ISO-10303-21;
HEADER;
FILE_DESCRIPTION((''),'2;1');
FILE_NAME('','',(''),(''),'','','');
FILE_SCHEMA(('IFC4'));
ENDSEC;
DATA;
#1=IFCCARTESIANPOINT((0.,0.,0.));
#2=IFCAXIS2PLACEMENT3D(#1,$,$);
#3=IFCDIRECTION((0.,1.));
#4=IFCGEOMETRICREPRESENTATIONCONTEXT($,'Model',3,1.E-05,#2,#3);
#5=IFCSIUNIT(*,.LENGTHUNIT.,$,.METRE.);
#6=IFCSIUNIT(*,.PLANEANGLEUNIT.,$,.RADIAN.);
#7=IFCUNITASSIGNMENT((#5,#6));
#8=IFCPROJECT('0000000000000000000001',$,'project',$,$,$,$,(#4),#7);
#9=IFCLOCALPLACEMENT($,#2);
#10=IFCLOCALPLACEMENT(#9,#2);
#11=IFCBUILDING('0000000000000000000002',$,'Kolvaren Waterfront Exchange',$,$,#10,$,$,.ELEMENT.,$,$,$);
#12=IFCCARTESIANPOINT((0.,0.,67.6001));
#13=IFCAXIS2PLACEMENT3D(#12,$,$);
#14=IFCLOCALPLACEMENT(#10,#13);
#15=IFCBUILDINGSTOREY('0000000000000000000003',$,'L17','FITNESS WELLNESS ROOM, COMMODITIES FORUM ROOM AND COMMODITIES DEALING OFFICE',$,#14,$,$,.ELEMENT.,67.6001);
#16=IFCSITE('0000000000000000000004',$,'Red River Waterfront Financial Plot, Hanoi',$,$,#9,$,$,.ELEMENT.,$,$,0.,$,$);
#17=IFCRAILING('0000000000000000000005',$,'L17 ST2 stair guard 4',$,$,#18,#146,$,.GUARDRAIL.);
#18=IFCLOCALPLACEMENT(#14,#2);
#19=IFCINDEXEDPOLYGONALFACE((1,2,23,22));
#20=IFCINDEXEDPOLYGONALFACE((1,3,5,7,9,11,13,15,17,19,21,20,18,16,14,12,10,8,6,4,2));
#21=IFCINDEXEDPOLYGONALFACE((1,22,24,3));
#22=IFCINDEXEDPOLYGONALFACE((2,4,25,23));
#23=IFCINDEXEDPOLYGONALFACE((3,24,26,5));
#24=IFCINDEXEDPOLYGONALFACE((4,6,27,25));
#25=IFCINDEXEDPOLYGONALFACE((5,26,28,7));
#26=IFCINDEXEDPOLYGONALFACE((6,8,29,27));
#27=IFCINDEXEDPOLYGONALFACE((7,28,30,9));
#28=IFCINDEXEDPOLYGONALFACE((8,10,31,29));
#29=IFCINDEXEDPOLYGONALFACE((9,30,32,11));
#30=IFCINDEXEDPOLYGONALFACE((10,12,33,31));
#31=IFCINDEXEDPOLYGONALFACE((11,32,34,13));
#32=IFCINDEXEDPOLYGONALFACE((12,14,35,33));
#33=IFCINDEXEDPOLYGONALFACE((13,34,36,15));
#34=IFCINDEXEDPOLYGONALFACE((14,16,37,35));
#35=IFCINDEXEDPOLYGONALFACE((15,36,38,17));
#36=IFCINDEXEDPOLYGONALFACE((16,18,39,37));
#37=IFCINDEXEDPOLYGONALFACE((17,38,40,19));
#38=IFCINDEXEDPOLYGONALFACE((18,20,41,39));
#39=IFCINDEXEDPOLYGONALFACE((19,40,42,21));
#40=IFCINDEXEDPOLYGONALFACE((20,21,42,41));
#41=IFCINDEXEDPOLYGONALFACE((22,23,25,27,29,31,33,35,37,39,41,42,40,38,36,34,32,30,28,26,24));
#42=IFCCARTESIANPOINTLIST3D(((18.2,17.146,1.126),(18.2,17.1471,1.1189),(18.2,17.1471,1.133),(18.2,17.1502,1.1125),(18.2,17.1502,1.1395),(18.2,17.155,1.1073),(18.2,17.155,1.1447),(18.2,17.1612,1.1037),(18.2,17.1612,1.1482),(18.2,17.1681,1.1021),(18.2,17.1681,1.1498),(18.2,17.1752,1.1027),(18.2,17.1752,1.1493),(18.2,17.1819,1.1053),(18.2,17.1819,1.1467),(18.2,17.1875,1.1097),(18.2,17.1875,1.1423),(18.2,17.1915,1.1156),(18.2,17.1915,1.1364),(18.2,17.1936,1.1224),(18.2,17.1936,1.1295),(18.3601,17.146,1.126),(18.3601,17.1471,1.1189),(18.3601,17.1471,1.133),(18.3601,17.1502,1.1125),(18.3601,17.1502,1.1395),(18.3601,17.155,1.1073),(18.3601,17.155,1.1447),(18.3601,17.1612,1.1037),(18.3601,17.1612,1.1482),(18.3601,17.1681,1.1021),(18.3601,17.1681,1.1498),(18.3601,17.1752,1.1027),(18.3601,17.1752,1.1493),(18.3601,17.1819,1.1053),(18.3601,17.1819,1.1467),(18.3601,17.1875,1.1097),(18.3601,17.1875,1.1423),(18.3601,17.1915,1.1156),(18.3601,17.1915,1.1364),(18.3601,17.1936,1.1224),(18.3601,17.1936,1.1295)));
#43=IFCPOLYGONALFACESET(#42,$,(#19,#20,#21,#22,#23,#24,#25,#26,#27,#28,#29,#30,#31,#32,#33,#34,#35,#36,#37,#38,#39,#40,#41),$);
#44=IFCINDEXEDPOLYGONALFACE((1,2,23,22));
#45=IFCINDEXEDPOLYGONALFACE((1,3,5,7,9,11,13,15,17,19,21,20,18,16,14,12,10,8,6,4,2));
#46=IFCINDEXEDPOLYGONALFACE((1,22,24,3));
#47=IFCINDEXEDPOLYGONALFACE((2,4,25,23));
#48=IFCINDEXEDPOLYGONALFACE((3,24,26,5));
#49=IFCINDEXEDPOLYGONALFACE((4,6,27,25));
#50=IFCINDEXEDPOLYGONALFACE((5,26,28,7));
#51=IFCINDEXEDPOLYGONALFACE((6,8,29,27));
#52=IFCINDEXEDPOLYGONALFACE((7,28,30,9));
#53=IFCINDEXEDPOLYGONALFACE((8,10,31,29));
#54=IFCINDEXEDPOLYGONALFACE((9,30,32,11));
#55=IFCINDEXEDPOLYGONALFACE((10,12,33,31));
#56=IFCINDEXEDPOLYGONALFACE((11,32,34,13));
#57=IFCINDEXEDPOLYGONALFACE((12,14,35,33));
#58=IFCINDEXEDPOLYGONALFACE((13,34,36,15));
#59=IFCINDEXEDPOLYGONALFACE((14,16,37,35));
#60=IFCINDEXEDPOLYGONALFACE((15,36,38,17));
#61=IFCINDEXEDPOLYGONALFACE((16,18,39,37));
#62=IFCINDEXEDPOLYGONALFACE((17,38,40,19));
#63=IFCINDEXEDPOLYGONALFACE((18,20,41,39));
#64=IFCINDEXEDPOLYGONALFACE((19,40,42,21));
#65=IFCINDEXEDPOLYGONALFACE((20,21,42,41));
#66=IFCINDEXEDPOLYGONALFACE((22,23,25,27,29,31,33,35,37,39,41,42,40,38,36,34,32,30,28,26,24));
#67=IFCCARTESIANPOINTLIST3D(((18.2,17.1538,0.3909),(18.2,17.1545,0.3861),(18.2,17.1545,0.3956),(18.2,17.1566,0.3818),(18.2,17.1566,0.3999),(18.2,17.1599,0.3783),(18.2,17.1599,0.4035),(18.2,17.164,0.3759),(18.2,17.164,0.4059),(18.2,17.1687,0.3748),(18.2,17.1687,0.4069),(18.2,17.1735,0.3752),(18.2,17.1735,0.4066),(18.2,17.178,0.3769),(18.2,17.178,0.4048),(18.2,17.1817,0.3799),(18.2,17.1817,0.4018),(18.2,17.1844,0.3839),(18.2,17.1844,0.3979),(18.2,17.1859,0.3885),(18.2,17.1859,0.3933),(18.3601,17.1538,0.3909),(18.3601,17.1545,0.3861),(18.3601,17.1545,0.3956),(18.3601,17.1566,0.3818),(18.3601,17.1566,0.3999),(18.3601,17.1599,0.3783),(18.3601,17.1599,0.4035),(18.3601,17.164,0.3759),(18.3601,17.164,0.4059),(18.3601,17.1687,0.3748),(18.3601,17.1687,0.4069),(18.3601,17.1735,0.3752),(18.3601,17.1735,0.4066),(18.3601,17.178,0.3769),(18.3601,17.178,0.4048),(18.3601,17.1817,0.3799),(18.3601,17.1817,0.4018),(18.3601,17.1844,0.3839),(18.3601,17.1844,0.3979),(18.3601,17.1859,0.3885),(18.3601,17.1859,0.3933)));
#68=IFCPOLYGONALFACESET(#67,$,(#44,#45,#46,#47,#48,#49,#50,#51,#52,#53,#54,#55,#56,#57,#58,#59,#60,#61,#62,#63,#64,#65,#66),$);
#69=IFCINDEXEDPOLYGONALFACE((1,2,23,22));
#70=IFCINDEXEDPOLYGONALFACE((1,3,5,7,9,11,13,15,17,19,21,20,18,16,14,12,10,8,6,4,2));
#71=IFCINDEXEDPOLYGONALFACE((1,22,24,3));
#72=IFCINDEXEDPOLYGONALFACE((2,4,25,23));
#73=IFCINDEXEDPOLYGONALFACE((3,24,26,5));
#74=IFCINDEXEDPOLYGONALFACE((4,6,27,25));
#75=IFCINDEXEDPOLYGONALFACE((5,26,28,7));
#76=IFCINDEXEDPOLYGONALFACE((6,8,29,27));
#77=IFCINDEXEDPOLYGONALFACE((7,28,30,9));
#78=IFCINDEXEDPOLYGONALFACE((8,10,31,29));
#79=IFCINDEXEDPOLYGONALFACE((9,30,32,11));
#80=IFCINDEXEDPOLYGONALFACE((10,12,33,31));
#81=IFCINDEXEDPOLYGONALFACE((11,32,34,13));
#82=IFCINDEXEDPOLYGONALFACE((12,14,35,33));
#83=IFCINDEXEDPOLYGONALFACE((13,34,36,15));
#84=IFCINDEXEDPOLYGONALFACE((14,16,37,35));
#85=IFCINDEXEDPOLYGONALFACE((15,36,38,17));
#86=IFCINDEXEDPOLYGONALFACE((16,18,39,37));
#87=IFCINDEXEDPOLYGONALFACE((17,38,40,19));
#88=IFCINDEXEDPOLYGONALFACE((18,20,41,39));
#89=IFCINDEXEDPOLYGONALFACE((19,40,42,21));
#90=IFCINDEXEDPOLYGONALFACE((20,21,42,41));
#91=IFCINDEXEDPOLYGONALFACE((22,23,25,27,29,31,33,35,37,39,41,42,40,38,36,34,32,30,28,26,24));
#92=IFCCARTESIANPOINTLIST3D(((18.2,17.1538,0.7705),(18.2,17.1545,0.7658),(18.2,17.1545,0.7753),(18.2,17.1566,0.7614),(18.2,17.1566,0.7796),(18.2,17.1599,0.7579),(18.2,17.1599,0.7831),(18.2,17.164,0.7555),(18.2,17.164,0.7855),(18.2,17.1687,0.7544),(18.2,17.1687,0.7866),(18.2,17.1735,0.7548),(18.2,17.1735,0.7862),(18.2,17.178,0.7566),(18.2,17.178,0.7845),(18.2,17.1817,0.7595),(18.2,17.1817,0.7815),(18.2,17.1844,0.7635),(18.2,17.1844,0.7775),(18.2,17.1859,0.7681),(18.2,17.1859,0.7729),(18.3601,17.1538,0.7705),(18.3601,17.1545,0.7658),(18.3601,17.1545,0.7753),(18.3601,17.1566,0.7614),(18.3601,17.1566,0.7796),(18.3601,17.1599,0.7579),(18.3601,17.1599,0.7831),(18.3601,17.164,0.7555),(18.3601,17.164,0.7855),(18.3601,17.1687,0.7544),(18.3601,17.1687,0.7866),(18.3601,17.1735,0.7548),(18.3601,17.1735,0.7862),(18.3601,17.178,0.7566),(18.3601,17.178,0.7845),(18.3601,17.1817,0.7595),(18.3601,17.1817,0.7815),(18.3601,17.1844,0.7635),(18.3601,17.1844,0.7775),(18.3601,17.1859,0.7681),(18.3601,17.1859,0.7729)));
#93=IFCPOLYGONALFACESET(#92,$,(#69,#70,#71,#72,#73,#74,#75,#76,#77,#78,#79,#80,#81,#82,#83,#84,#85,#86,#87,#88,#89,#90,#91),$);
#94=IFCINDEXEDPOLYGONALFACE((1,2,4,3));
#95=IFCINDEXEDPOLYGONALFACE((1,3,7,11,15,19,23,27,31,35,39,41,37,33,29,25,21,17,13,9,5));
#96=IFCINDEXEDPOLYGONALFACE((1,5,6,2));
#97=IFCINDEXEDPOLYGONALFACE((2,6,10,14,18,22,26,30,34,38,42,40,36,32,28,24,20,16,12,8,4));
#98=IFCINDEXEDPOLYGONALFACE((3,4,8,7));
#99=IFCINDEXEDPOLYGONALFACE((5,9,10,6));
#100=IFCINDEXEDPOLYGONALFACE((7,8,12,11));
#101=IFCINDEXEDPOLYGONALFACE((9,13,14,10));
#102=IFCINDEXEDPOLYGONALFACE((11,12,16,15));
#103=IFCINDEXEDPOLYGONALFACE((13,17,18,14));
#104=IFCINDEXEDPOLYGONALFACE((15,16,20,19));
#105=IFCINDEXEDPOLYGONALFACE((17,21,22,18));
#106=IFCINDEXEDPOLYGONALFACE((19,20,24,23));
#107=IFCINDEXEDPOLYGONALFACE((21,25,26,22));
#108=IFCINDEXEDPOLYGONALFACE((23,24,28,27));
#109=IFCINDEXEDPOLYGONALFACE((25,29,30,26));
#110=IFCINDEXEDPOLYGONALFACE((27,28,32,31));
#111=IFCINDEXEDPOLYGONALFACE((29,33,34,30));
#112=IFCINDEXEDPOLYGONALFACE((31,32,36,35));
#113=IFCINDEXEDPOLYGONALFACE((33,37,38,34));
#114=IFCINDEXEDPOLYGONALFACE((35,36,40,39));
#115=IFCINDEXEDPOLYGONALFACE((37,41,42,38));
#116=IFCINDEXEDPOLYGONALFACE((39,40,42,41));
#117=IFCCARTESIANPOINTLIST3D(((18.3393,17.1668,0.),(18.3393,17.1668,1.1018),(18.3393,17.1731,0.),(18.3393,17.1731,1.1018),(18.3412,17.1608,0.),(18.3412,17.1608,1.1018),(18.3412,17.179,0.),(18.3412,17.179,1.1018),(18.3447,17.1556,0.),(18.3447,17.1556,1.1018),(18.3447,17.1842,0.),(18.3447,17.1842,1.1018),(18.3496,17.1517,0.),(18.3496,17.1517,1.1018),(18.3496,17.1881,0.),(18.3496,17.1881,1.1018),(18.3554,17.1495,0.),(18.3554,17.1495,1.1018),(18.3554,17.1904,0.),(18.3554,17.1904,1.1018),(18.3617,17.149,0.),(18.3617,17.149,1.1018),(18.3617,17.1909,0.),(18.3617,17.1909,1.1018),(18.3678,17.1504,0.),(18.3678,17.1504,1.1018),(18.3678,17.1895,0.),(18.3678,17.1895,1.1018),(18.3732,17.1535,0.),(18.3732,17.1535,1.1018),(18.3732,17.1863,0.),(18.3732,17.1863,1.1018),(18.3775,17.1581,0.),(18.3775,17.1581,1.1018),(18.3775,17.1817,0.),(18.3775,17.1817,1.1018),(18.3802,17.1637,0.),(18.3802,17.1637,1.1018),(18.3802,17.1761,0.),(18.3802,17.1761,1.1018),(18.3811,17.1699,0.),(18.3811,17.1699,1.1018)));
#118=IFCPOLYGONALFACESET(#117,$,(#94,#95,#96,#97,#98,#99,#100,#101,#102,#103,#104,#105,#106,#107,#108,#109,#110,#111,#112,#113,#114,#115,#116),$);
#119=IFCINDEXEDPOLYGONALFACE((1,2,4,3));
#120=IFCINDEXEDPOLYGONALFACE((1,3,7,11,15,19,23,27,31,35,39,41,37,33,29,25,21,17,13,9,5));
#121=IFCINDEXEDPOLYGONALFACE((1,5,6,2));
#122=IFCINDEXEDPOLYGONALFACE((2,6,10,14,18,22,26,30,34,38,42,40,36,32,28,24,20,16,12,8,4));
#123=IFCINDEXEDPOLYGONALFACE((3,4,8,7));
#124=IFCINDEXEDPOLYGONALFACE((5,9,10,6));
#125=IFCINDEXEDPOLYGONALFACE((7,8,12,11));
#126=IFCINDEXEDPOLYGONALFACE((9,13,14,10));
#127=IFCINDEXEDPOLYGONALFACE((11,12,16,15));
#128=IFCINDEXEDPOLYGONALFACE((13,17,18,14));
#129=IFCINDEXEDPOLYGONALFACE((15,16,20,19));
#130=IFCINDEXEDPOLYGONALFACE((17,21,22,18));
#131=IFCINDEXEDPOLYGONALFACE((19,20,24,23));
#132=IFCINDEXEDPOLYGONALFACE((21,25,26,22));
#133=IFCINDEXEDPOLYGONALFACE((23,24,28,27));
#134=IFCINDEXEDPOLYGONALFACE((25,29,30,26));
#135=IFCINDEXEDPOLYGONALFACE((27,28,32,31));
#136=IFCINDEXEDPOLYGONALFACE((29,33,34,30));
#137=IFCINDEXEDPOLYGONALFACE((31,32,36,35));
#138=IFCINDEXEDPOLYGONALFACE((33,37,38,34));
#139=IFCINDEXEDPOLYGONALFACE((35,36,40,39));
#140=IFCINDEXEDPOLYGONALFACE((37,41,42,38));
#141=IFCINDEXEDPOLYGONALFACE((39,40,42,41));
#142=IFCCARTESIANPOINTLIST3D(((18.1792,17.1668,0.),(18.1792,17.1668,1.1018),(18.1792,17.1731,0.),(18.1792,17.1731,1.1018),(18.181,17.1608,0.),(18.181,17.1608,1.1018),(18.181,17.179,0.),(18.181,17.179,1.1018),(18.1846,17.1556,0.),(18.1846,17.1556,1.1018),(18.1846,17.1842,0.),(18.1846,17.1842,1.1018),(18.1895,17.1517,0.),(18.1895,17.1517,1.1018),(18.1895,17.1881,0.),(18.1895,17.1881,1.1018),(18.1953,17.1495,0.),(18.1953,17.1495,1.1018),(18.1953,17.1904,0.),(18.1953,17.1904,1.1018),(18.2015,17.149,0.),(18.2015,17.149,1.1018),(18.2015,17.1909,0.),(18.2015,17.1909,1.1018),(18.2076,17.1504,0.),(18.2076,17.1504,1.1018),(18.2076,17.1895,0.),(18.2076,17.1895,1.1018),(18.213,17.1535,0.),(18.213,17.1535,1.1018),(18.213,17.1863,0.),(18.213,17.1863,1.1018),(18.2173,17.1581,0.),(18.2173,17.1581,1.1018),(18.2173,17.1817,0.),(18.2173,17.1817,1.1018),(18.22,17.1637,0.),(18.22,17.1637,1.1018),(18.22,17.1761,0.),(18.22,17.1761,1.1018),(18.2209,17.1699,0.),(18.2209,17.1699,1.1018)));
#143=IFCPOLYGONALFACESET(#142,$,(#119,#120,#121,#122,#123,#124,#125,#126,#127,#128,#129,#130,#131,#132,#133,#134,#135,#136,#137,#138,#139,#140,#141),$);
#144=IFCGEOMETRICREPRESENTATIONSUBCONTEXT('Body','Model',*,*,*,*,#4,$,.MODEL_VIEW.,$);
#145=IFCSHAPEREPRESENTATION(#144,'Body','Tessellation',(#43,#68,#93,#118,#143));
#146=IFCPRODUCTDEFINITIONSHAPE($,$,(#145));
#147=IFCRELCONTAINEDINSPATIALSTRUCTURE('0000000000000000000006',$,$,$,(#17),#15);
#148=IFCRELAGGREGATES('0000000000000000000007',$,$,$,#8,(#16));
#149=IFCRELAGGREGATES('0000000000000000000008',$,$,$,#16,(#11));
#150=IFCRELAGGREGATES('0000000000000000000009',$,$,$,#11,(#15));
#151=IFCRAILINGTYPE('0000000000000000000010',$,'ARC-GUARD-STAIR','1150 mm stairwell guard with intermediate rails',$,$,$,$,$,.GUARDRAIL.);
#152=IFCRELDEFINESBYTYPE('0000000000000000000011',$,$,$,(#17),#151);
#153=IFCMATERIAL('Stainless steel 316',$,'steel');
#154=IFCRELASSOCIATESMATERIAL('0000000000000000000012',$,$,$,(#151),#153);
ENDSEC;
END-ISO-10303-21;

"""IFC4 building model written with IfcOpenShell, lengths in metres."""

from ifc_helpers import new_model, si_unit, direction, frame, origin, origin_2d, place, context, subcontext, project, spatial, circle, extrude, material, type_object, element, save


model = new_model("IFC4")

# Units and contexts
model_context = context("Model", 3, precision=1e-05, world=origin(), true_north=direction((0.0, 1.0)))
body_context = subcontext(model_context, "Body", "Model", "MODEL_VIEW")
ifc_project = project(units=[si_unit("LENGTHUNIT", "METRE"), si_unit("PLANEANGLEUNIT", "RADIAN")], contexts=[model_context])

# Site, building, storey
site_placement = place(None, origin())
site = spatial("IfcSite", under=ifc_project, at=site_placement, Name="Red River Waterfront Financial Plot, Hanoi", CompositionType="ELEMENT", RefElevation=0.0)
building_placement = place(site_placement, origin())
building = spatial("IfcBuilding", under=site, at=building_placement, Name="Kolvaren Waterfront Exchange", CompositionType="ELEMENT")
storey_placement = place(building_placement, frame((0.0, 0.0, 67.6001)))
storey = spatial("IfcBuildingStorey", under=building, at=storey_placement, Name="L17", Description="FITNESS WELLNESS ROOM, COMMODITIES FORUM ROOM AND COMMODITIES DEALING OFFICE", CompositionType="ELEMENT", Elevation=67.6001)

# Railing
ifc_material_1 = material(Name="Stainless steel 316", Category="steel")
railing_type_1 = type_object("IfcRailingType", Name="ARC-GUARD-STAIR", Description="1150 mm stairwell guard with intermediate rails", PredefinedType="GUARDRAIL", material=ifc_material_1)
railing_1_placement = place(storey_placement, frame((18.3601, 17.1699, 0.0)))
element("IfcRailing", 1, at=railing_1_placement, inside=storey, type_object=railing_type_1, Name="L17 ST2 stair guard 4", PredefinedType="GUARDRAIL", context=body_context, shape_type="SweptSolid", body=[
    extrude(circle(Radius=0.0239, at=origin_2d()), frame((0.0, 0.0, 1.126), z_axis=(-1.0, 0.0, 0.0), x_axis=(0.0, -1.0, 0.0)), (0.0, 0.0, 1.0), 0.1602),
    extrude(circle(Radius=0.0161, at=origin_2d()), frame((0.0, 0.0, 0.3909), z_axis=(-1.0, 0.0, 0.0), x_axis=(0.0, -1.0, 0.0)), (0.0, 0.0, 1.0), 0.1602),
    extrude(circle(Radius=0.0161, at=origin_2d()), frame((0.0, 0.0, 0.7705), z_axis=(-1.0, 0.0, 0.0), x_axis=(0.0, -1.0, 0.0)), (0.0, 0.0, 1.0), 0.1602),
    extrude(circle(Radius=0.021, at=origin_2d()), origin(), (0.0, 0.0, 1.0), 1.1018),
    extrude(circle(Radius=0.021, at=origin_2d()), frame((-0.1602, 0.0, 0.0)), (0.0, 0.0, 1.0), 1.1018),
])

save(model, "model.ifc")
